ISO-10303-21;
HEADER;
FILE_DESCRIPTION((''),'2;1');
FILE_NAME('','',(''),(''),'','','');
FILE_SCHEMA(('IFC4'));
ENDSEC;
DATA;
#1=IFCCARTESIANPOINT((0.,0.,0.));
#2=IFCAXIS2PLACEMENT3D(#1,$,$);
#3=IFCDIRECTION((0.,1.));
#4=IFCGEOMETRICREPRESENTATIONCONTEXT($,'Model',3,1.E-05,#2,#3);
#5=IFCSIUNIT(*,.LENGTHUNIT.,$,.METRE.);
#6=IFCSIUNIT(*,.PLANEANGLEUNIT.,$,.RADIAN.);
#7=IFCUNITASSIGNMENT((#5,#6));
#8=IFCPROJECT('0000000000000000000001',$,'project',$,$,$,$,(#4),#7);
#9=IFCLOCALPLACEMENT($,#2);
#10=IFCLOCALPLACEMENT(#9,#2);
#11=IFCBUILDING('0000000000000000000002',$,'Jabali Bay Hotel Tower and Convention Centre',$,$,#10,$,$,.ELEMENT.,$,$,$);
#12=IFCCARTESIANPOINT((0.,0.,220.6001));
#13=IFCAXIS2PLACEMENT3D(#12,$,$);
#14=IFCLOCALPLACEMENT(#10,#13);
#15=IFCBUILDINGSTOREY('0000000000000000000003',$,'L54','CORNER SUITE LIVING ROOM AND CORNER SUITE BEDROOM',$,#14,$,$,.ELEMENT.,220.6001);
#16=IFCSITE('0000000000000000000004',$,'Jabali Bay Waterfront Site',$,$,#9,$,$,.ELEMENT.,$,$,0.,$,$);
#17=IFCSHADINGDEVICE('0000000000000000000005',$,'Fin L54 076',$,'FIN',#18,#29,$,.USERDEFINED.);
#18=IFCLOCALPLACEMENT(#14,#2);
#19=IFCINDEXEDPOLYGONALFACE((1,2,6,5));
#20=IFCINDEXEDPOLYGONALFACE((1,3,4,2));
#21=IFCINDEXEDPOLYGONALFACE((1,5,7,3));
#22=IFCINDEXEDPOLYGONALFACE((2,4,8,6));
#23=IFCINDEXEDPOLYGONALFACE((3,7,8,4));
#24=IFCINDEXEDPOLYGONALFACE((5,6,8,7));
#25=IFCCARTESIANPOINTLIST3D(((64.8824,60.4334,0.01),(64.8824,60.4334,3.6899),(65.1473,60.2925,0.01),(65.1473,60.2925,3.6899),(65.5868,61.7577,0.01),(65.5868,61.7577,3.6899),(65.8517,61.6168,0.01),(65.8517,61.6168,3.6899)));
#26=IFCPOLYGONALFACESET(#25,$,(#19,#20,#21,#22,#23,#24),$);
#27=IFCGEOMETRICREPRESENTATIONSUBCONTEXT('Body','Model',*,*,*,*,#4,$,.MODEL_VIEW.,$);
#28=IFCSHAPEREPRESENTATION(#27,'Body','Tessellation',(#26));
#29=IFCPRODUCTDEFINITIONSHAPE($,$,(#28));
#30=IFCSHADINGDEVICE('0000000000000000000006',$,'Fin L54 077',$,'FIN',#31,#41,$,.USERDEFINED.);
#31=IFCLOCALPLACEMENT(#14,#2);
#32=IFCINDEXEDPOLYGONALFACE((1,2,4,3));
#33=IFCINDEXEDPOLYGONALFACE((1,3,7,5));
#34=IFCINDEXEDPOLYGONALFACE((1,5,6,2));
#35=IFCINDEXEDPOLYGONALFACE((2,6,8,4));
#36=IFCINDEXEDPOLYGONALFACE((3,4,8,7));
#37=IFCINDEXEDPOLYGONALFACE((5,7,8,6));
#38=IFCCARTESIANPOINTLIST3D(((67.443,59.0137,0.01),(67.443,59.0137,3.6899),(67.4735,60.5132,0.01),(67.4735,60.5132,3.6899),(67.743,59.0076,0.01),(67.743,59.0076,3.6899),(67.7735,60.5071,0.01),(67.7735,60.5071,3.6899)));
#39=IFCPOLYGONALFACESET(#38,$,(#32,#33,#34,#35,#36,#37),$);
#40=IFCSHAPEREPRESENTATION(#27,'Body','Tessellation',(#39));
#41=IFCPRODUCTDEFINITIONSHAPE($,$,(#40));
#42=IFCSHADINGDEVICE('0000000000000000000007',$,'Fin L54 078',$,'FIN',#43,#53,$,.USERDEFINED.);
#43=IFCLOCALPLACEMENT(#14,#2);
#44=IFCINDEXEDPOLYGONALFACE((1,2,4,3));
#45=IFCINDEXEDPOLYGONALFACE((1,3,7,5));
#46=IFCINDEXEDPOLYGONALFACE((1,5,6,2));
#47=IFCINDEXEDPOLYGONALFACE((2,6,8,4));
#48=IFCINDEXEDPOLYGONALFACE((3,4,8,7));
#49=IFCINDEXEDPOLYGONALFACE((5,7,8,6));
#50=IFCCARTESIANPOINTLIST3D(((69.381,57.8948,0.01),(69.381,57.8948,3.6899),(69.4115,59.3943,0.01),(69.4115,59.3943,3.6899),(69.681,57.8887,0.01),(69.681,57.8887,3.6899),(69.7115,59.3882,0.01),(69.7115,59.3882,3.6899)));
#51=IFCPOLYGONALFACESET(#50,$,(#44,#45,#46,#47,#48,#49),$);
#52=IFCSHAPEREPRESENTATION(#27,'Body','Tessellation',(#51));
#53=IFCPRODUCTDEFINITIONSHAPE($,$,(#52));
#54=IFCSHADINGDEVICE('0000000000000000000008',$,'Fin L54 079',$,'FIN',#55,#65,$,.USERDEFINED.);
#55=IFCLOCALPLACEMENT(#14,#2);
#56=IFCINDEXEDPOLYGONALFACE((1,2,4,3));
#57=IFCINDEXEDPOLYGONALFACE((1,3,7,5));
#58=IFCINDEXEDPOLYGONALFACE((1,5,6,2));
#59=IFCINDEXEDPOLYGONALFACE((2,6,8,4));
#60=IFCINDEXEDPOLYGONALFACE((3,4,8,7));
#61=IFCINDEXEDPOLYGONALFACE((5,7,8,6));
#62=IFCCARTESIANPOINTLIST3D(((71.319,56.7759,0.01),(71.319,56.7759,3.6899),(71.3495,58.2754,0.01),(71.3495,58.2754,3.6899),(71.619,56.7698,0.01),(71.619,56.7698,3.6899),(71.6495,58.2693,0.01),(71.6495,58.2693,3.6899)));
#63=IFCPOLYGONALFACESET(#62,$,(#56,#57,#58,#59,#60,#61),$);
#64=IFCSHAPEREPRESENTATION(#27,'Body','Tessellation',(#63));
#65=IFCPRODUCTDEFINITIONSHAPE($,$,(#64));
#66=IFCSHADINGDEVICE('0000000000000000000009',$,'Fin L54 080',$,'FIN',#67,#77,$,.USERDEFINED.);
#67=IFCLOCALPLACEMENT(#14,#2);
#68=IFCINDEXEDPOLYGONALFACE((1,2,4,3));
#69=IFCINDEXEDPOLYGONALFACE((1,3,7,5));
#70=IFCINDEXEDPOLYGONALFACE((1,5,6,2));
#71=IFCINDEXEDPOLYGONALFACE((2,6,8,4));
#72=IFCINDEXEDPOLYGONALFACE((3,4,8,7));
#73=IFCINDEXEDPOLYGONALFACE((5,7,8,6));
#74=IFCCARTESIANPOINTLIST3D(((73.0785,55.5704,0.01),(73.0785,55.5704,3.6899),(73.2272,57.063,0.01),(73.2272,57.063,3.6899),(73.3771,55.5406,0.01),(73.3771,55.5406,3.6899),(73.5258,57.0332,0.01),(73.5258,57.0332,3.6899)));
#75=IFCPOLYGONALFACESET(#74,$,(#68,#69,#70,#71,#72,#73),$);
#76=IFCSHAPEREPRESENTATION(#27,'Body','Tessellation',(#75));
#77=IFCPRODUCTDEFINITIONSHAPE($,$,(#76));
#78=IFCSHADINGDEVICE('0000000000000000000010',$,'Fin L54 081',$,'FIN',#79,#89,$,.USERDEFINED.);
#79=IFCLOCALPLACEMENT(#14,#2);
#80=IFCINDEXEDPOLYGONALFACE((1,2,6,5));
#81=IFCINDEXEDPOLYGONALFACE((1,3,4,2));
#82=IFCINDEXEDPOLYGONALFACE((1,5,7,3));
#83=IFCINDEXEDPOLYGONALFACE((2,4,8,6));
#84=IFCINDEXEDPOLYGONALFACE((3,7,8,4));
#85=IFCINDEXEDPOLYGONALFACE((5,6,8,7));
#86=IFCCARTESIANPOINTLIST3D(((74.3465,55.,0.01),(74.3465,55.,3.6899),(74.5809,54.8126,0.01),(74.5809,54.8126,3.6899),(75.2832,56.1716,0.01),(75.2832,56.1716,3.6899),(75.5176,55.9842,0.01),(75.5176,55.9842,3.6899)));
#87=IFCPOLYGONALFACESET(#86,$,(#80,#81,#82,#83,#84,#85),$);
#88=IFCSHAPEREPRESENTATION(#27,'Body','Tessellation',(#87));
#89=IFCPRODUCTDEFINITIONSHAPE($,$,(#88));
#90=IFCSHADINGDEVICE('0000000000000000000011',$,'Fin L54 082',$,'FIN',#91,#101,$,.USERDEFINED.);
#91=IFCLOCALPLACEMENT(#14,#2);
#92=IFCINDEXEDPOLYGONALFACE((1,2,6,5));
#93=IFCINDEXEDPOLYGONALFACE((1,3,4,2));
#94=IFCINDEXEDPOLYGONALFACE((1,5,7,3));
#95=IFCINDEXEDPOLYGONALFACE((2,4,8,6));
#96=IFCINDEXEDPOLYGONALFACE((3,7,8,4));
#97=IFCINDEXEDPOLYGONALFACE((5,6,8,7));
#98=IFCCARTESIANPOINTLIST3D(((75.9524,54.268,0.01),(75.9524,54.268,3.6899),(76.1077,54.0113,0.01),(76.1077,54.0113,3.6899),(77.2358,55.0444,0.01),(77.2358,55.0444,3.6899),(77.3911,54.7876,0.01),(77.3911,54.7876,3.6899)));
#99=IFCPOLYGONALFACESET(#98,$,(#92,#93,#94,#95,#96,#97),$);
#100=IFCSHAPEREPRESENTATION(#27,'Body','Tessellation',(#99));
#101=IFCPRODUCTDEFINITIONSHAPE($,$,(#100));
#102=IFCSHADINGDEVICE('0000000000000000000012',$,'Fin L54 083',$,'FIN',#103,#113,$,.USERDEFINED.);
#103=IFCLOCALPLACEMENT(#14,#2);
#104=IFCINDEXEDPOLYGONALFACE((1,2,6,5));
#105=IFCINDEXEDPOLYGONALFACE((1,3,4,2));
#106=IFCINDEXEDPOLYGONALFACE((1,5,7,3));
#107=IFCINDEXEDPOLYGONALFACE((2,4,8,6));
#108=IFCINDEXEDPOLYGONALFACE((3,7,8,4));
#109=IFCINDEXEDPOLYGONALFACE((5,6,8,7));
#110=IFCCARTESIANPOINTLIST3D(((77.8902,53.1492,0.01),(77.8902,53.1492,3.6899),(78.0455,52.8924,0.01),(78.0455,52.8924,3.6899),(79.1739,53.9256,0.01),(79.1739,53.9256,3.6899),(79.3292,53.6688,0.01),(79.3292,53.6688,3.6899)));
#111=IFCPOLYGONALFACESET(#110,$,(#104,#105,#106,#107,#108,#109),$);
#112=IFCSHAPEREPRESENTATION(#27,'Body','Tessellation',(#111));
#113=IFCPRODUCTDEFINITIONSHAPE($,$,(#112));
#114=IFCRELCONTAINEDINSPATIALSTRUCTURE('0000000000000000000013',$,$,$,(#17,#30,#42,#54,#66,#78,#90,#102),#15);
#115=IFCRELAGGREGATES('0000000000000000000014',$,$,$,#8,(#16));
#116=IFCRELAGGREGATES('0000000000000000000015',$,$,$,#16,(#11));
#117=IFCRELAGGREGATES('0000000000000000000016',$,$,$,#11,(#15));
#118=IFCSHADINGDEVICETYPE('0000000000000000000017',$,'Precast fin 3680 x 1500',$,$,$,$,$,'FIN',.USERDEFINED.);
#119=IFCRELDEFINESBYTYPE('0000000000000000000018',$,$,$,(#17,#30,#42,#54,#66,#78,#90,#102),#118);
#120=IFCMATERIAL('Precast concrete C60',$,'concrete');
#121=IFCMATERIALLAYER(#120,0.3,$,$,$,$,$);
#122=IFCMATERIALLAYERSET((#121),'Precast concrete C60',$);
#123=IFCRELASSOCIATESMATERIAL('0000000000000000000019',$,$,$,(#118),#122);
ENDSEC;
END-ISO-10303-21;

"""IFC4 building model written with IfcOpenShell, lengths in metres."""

from ifc_helpers import new_model, si_unit, direction, frame, frame_2d, origin, place, context, subcontext, project, spatial, rectangle, extrude, material, layer, layer_set, type_object, element, save


model = new_model("IFC4")

# Units and contexts
model_context = context("Model", 3, precision=1e-05, world=origin(), true_north=direction((0.0, 1.0)))
body_context = subcontext(model_context, "Body", "Model", "MODEL_VIEW")
ifc_project = project(units=[si_unit("LENGTHUNIT", "METRE"), si_unit("PLANEANGLEUNIT", "RADIAN")], contexts=[model_context])

# Site, building, storey
site_placement = place(None, origin())
site = spatial("IfcSite", under=ifc_project, at=site_placement, Name="Jabali Bay Waterfront Site", CompositionType="ELEMENT", RefElevation=0.0)
building_placement = place(site_placement, origin())
building = spatial("IfcBuilding", under=site, at=building_placement, Name="Jabali Bay Hotel Tower and Convention Centre", CompositionType="ELEMENT")
storey_placement = place(building_placement, frame((0.0, 0.0, 220.6001)))
storey = spatial("IfcBuildingStorey", under=building, at=storey_placement, Name="L54", Description="CORNER SUITE LIVING ROOM AND CORNER SUITE BEDROOM", CompositionType="ELEMENT", Elevation=220.6001)

# Shading devices
ifc_material_1 = material(Name="Precast concrete C60", Category="concrete")
ifc_layer_1 = layer(ifc_material_1, 0.3)
ifc_layer_set_1 = layer_set([ifc_layer_1], Name="Precast concrete C60")
shading_device_type = type_object("IfcShadingDeviceType", Name="Precast fin 3680 x 1500", ElementType="FIN", PredefinedType="USERDEFINED", material=ifc_layer_set_1)
for number, where, z_axis, x_axis, name in (
    (1, (65.7192, 61.6873, 0.01), (0.0, 0.0, 1.0), (-0.469599, -0.88288, 0.0), "Fin L54 076"),
):
    element("IfcShadingDevice", number, at=place(storey_placement, frame(where, z_axis=z_axis, x_axis=x_axis)), inside=storey, type_object=shading_device_type, Name=name, ObjectType="FIN", PredefinedType="USERDEFINED", context=body_context, shape_type="SweptSolid", body=[
        extrude(rectangle(XDim=1.5, YDim=0.3, at=frame_2d((0.75, 0.0))), origin(), (0.0, 0.0, 1.0), 3.6799),
    ])
for number, where, z_axis, x_axis, name in (
    (2, (67.6235, 60.5103, 0.01), (0.0, 0.0, 1.0), (-0.020347, -0.999793, 0.0), "Fin L54 077"),
    (3, (69.5615, 59.3914, 0.01), (0.0, 0.0, 1.0), (-0.020347, -0.999793, 0.0), "Fin L54 078"),
    (4, (71.4995, 58.2725, 0.01), (0.0, 0.0, 1.0), (-0.020347, -0.999793, 0.0), "Fin L54 079"),
):
    element("IfcShadingDevice", number, at=place(storey_placement, frame(where, z_axis=z_axis, x_axis=x_axis)), inside=storey, type_object=shading_device_type, Name=name, ObjectType="FIN", PredefinedType="USERDEFINED", context=body_context, shape_type="SweptSolid", body=[
        extrude(rectangle(XDim=1.4998, YDim=0.3, at=frame_2d((0.75, 0.0))), origin(), (0.0, 0.0, 1.0), 3.6799),
    ])
for number, where, z_axis, x_axis, name in (
    (5, (73.3765, 57.0481, 0.01), (0.0, 0.0, 1.0), (-0.099117, -0.995076, 0.0), "Fin L54 080"),
    (6, (75.4004, 56.0779, 0.01), (0.0, 0.0, 1.0), (-0.624477, -0.781043, 0.0), "Fin L54 081"),
    (7, (77.3135, 54.916, 0.01), (0.0, 0.0, 1.0), (-0.855635, -0.51758, 0.0), "Fin L54 082"),
):
    element("IfcShadingDevice", number, at=place(storey_placement, frame(where, z_axis=z_axis, x_axis=x_axis)), inside=storey, type_object=shading_device_type, Name=name, ObjectType="FIN", PredefinedType="USERDEFINED", context=body_context, shape_type="SweptSolid", body=[
        extrude(rectangle(XDim=1.5, YDim=0.3, at=frame_2d((0.75, 0.0))), origin(), (0.0, 0.0, 1.0), 3.6799),
    ])
shading_device_placement = place(storey_placement, frame((79.2515, 53.7971, 0.01), z_axis=(0.0, 0.0, 1.0), x_axis=(-0.855678, -0.517508, 0.0)))
element("IfcShadingDevice", 8, at=shading_device_placement, inside=storey, type_object=shading_device_type, Name="Fin L54 083", ObjectType="FIN", PredefinedType="USERDEFINED", context=body_context, shape_type="SweptSolid", body=[
    extrude(rectangle(XDim=1.5002, YDim=0.3, at=frame_2d((0.75, 0.0))), origin(), (0.0, 0.0, 1.0), 3.6799),
])

save(model, "model.ifc")
